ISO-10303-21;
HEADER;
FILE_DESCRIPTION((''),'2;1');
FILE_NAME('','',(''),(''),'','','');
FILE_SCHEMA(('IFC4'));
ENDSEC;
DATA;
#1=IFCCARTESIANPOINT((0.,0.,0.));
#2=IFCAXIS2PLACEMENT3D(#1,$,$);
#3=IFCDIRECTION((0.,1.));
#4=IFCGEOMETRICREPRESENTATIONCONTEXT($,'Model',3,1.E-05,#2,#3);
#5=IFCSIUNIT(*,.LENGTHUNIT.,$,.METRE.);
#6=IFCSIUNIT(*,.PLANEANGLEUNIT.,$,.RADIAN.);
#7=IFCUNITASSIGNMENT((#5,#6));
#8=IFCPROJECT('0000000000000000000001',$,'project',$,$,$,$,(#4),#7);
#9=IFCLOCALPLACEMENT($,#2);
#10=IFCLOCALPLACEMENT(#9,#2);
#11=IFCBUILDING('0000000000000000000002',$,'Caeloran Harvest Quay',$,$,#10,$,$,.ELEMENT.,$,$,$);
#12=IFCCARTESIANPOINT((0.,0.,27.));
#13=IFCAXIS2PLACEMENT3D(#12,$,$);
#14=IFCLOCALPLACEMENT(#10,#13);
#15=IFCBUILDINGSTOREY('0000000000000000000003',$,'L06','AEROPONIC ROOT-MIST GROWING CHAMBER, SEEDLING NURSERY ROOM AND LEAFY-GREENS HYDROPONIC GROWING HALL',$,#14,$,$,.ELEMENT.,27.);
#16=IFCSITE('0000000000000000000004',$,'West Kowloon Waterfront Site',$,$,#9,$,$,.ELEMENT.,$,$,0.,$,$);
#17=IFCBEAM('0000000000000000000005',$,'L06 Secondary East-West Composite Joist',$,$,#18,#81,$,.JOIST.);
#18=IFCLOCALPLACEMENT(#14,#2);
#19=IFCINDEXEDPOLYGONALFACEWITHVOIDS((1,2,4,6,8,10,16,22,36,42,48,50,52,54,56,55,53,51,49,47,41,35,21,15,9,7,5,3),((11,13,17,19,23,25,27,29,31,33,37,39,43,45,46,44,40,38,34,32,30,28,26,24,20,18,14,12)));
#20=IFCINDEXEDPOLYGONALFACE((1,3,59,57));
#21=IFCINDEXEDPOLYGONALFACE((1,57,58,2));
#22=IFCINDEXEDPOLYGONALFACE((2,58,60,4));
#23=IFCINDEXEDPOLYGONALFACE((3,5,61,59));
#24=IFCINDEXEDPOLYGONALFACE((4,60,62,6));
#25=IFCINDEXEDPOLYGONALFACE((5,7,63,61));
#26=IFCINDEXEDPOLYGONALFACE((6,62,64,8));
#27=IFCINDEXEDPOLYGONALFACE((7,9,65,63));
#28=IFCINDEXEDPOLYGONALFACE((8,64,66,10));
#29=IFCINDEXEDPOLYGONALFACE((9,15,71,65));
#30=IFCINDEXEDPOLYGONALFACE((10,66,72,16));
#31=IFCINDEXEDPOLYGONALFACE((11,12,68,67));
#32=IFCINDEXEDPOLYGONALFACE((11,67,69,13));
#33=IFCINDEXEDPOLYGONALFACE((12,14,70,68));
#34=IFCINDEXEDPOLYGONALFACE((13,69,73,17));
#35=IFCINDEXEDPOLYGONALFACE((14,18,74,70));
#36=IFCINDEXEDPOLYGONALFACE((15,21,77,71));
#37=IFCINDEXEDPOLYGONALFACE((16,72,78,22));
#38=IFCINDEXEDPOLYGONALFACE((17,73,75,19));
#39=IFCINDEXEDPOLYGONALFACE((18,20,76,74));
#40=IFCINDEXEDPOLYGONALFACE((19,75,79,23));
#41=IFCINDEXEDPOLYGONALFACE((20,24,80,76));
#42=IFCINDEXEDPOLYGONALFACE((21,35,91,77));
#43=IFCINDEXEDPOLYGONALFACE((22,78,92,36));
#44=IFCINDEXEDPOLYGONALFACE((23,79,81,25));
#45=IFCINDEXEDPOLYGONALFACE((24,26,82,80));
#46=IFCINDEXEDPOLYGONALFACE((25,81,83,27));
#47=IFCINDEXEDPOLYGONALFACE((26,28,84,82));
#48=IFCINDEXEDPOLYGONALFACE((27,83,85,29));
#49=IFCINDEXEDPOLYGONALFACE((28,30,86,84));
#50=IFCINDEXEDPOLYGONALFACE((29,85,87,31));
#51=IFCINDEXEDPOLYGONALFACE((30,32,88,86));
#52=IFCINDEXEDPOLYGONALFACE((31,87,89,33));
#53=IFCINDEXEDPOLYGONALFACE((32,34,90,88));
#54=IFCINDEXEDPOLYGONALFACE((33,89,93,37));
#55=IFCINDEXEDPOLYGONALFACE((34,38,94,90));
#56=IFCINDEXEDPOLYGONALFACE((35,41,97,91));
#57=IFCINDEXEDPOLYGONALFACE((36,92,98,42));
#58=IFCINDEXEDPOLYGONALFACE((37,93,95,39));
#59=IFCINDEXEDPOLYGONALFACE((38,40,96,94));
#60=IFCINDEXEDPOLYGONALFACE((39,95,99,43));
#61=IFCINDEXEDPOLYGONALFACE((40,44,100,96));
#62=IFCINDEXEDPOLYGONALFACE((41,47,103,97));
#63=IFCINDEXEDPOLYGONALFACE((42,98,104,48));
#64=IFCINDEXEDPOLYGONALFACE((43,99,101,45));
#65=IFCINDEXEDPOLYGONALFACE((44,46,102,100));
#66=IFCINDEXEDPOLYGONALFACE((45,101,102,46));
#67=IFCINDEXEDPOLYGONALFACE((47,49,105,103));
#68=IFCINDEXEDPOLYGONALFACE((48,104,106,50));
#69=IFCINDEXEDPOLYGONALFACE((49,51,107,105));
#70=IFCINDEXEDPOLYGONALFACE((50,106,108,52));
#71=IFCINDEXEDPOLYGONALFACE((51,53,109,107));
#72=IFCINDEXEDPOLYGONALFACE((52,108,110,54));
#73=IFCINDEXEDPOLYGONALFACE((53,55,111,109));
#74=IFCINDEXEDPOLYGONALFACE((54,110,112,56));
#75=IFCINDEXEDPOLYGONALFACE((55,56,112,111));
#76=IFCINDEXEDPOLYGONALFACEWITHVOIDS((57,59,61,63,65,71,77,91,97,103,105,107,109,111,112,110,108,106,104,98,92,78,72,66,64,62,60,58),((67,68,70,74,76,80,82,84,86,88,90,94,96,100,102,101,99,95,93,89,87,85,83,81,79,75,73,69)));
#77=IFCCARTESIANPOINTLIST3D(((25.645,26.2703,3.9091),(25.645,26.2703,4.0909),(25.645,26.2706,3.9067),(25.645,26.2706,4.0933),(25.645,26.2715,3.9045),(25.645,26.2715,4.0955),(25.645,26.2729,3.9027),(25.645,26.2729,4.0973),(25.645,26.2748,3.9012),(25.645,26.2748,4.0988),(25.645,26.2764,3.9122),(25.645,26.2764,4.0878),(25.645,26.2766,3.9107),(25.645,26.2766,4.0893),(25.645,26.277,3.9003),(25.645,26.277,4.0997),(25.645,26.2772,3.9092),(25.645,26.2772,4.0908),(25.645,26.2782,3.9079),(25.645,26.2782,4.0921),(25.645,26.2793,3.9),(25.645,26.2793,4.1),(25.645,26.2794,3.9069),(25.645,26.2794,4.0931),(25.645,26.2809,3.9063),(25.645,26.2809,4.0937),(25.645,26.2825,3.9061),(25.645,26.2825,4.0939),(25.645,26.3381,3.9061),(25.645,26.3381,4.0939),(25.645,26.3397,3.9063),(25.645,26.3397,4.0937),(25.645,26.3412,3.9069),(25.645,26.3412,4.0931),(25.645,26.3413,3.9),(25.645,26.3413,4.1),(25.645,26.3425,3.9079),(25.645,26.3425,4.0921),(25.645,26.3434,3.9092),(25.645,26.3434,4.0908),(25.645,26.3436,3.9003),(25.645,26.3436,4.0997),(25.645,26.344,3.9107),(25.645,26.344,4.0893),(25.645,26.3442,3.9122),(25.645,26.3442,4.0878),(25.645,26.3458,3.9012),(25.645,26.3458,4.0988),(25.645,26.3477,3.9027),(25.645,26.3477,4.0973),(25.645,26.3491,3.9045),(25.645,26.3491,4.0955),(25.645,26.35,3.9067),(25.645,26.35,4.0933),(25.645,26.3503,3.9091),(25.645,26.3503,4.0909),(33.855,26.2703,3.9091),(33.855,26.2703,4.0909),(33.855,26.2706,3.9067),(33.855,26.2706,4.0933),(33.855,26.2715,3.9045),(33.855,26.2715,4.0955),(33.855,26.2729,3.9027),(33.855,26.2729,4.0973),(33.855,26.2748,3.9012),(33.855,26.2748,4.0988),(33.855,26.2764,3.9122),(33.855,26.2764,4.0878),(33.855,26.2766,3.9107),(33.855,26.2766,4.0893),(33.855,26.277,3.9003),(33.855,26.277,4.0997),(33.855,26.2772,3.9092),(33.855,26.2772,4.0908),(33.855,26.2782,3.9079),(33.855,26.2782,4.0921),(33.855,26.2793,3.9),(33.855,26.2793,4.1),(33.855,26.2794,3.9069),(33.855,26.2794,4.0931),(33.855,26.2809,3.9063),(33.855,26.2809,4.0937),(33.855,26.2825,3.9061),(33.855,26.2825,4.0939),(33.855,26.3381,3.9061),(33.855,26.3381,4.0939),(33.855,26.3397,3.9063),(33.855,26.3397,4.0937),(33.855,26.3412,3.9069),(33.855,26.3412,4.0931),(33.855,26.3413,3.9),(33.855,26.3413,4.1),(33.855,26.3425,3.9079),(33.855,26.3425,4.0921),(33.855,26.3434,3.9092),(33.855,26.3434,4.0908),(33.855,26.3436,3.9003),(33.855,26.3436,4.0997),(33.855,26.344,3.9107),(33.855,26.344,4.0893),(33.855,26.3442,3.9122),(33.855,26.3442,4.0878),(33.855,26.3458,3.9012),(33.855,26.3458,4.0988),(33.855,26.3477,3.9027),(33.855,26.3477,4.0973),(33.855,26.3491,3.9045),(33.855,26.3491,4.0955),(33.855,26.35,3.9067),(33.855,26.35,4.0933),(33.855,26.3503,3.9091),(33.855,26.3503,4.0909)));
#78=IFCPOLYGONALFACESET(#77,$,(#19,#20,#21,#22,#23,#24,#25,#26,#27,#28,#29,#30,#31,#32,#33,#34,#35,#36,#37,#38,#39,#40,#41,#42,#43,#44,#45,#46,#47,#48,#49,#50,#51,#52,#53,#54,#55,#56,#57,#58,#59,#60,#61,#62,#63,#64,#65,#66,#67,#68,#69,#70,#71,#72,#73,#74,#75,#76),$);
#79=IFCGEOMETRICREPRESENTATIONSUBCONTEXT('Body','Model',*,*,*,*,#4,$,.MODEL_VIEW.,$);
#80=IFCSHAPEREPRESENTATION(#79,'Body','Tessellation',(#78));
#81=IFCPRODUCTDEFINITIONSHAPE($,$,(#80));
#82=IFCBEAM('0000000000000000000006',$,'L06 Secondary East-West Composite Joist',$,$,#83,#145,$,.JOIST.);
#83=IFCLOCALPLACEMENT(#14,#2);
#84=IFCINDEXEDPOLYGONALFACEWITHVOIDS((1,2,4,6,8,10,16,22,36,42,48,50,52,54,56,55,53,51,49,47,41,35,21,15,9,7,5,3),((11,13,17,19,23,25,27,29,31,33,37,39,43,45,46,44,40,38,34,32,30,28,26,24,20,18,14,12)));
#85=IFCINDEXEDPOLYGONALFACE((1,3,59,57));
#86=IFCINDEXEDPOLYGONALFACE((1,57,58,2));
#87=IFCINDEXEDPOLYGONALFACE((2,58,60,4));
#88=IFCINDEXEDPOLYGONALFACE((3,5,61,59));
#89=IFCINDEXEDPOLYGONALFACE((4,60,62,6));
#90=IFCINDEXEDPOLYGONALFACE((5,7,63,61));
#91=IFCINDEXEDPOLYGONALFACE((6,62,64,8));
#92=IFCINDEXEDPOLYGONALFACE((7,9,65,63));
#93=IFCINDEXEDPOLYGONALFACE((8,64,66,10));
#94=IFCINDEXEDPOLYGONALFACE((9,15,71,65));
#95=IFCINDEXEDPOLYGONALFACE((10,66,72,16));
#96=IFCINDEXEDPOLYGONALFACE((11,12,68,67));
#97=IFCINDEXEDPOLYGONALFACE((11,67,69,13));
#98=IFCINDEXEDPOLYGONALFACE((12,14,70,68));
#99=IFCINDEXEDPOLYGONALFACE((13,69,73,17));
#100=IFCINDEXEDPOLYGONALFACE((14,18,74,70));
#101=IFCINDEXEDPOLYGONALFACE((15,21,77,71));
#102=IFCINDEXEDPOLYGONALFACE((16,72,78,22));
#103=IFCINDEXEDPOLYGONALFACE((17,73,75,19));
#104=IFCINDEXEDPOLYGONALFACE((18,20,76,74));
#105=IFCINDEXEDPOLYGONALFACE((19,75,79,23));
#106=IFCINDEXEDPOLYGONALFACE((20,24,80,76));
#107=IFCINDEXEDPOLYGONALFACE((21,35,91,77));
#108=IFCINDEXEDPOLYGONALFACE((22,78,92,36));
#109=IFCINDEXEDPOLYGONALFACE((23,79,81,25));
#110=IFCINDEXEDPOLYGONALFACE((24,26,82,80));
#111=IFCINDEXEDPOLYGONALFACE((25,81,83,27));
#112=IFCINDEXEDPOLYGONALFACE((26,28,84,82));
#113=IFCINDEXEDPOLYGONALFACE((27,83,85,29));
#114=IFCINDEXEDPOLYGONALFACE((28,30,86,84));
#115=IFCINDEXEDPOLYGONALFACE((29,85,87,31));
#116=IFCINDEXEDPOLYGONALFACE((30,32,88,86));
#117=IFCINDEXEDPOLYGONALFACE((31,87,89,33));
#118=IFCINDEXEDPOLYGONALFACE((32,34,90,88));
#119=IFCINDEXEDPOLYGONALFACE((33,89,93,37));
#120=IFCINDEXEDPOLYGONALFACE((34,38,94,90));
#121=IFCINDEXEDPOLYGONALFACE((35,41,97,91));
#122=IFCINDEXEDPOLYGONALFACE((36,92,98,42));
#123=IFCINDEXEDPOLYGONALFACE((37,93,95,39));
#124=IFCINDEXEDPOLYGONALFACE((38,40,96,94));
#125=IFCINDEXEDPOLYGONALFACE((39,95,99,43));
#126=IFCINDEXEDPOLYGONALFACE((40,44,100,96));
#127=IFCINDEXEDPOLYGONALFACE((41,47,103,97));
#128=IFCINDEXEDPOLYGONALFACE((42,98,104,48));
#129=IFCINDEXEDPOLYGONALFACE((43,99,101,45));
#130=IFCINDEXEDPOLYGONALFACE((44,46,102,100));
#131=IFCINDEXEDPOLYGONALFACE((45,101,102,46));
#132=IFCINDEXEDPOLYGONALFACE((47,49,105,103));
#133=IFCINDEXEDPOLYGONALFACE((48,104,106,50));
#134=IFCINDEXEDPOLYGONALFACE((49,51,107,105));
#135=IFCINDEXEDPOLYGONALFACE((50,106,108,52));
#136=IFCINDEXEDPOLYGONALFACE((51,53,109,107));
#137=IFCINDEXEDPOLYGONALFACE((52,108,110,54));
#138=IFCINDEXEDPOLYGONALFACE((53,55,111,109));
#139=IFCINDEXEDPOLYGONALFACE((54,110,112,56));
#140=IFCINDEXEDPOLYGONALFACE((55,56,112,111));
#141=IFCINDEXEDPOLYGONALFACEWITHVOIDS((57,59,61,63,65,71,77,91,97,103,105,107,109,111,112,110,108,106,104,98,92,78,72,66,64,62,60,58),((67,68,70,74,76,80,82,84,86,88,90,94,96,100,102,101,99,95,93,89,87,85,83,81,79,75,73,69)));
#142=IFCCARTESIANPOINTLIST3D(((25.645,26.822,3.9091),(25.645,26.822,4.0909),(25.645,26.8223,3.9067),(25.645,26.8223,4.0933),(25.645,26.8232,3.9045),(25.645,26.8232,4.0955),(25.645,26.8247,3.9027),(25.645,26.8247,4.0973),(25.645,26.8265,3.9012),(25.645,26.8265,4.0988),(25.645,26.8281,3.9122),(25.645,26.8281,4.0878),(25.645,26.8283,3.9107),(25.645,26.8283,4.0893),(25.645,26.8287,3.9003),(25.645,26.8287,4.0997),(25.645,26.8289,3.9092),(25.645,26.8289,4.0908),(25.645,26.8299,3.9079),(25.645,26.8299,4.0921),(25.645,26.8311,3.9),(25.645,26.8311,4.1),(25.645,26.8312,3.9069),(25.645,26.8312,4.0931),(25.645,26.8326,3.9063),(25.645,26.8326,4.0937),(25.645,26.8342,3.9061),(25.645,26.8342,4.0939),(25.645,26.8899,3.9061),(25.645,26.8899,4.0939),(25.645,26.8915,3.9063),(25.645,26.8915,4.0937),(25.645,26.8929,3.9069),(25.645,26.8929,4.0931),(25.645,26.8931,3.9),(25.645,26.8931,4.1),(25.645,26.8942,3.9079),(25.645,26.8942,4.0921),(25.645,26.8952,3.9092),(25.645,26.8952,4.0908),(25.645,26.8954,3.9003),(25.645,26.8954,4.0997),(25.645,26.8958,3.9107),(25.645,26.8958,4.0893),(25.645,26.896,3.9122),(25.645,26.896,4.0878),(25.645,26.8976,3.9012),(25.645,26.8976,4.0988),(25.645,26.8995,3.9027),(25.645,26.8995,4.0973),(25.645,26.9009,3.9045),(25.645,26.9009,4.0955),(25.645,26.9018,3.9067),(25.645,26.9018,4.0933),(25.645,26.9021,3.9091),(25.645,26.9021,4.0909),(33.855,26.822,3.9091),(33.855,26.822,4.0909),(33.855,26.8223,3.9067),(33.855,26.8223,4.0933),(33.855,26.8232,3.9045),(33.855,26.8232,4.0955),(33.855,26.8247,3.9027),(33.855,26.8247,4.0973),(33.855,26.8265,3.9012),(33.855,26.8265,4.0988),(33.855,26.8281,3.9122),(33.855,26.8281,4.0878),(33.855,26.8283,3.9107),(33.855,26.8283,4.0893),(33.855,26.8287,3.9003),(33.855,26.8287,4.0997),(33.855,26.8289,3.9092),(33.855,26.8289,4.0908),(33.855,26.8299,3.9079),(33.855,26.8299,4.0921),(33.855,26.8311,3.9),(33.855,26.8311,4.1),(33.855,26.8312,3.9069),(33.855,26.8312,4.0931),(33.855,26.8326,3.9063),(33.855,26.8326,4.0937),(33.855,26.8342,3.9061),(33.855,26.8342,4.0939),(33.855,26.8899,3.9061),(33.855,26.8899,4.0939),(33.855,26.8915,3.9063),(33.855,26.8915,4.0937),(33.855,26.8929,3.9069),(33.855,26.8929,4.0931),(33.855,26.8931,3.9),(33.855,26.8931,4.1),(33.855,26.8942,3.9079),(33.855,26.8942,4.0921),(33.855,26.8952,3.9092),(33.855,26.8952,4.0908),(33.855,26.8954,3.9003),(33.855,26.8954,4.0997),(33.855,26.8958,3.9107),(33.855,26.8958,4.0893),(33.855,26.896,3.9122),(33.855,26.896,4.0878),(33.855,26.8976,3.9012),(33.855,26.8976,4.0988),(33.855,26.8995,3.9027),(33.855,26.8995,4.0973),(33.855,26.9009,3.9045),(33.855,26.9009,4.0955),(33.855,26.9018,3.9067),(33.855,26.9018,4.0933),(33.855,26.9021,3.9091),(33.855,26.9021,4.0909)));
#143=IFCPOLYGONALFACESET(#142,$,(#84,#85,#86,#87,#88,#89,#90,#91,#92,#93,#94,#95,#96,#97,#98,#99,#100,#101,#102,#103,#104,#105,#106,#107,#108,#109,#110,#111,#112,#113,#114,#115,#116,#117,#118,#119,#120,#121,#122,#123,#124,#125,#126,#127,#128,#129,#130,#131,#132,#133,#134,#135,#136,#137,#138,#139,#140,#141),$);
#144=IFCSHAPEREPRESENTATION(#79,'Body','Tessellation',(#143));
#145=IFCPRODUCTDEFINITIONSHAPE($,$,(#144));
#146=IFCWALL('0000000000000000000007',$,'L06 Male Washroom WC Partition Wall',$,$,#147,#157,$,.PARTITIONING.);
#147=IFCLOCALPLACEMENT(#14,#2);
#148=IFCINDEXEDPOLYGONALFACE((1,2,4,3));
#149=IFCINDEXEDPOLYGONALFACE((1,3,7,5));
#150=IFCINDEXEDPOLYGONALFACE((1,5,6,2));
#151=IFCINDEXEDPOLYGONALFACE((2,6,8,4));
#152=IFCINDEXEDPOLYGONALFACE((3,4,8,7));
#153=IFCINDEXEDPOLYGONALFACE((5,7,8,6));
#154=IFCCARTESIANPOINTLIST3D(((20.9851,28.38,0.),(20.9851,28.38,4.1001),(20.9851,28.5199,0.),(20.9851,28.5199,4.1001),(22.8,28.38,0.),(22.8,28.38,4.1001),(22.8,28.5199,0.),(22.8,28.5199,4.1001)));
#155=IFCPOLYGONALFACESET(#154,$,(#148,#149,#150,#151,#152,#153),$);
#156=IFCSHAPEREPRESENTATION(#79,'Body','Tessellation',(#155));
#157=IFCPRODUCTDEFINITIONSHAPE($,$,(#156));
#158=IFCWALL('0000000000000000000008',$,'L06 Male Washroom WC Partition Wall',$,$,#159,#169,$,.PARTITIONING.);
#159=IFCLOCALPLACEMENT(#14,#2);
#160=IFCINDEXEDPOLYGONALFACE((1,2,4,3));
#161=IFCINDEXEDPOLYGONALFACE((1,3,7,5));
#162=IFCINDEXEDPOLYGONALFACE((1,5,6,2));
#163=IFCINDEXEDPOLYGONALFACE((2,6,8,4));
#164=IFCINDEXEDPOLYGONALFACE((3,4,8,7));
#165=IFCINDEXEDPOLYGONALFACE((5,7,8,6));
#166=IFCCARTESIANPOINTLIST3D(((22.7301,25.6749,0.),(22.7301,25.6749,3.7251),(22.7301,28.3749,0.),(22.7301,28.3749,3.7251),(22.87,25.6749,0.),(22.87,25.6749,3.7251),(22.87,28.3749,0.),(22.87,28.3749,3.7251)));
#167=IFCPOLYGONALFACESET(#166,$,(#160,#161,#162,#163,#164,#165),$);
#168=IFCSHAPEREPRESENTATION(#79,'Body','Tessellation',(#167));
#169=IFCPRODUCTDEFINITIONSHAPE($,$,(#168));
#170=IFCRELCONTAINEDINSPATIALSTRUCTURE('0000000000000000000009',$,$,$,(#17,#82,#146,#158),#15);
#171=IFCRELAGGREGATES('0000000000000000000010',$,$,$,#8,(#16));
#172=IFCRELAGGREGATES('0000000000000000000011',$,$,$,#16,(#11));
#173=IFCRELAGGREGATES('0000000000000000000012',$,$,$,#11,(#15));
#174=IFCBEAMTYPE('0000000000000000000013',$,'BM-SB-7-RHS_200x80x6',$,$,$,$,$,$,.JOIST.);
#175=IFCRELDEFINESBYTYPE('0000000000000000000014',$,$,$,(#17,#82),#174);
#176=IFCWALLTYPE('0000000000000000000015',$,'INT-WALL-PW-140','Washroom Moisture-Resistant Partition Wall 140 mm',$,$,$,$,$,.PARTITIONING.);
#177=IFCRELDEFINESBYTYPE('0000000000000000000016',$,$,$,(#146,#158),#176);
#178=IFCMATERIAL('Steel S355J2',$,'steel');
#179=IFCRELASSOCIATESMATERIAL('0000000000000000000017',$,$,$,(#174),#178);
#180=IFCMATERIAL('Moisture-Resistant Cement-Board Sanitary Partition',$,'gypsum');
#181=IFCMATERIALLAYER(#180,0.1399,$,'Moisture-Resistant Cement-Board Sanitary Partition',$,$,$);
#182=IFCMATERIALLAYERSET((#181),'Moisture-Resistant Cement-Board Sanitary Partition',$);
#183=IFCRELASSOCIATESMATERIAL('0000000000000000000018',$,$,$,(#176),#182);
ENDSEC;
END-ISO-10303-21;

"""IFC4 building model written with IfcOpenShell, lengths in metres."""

from ifc_helpers import new_model, si_unit, direction, frame, frame_2d, origin, origin_2d, place, context, subcontext, project, spatial, rectangle, hollow_rectangle, extrude, material, layer, layer_set, material_profile, profile_set, type_object, element, save


model = new_model("IFC4")

# Units and contexts
model_context = context("Model", 3, precision=1e-05, world=origin(), true_north=direction((0.0, 1.0)))
body_context = subcontext(model_context, "Body", "Model", "MODEL_VIEW")
ifc_project = project(units=[si_unit("LENGTHUNIT", "METRE"), si_unit("PLANEANGLEUNIT", "RADIAN")], contexts=[model_context])

# Site, building, storey
site_placement = place(None, origin())
site = spatial("IfcSite", under=ifc_project, at=site_placement, Name="West Kowloon Waterfront Site", CompositionType="ELEMENT", RefElevation=0.0)
building_placement = place(site_placement, origin())
building = spatial("IfcBuilding", under=site, at=building_placement, Name="Caeloran Harvest Quay", CompositionType="ELEMENT")
storey_placement = place(building_placement, frame((0.0, 0.0, 27.0)))
storey = spatial("IfcBuildingStorey", under=building, at=storey_placement, Name="L06", Description="AEROPONIC ROOT-MIST GROWING CHAMBER, SEEDLING NURSERY ROOM AND LEAFY-GREENS HYDROPONIC GROWING HALL", CompositionType="ELEMENT", Elevation=27.0)

# Beams
ifc_material_1 = material(Name="Steel S355J2", Category="steel")
ifc_material_profile_1 = material_profile(ifc_material_1, hollow_rectangle(XDim=0.0801, YDim=0.2, WallThickness=0.0061, InnerFilletRadius=0.0061, OuterFilletRadius=0.009, at=origin_2d()), Name="RHS 200x80x6")
ifc_profile_set_1 = profile_set([ifc_material_profile_1], Name="Steel S355J2")
beam_type_1 = type_object("IfcBeamType", Name="BM-SB-7-RHS_200x80x6", PredefinedType="JOIST", material=ifc_profile_set_1)
for number, where, z_axis, x_axis, name in (
    (1, (25.645, 26.3103, 4.0), (1.0, 0.0, 0.0), (0.0, 1.0, 0.0), "L06 Secondary East-West Composite Joist"),
    (2, (25.645, 26.8621, 4.0), (1.0, 0.0, 0.0), (0.0, 1.0, 0.0), "L06 Secondary East-West Composite Joist"),
):
    element("IfcBeam", number, at=place(storey_placement, frame(where, z_axis=z_axis, x_axis=x_axis)), inside=storey, type_object=beam_type_1, Name=name, PredefinedType="JOIST", context=body_context, shape_type="SweptSolid", body=[
        extrude(hollow_rectangle(XDim=0.0801, YDim=0.2, WallThickness=0.0061, InnerFilletRadius=0.0061, OuterFilletRadius=0.009, at=origin_2d()), origin(), (0.0, 0.0, 1.0), 8.21),
    ])

# Walls
ifc_material_2 = material(Name="Moisture-Resistant Cement-Board Sanitary Partition", Category="gypsum")
ifc_layer_1 = layer(ifc_material_2, 0.1399, Name="Moisture-Resistant Cement-Board Sanitary Partition")
ifc_layer_set_1 = layer_set([ifc_layer_1], Name="Moisture-Resistant Cement-Board Sanitary Partition")
wall_type_1 = type_object("IfcWallType", Name="INT-WALL-PW-140", Description="Washroom Moisture-Resistant Partition Wall 140 mm", PredefinedType="PARTITIONING", material=ifc_layer_set_1)
wall_1_placement = place(storey_placement, frame((20.9851, 28.45, 0.0), z_axis=(0.0, 0.0, 1.0), x_axis=(1.0, 0.0, 0.0)))
element("IfcWall", 3, at=wall_1_placement, inside=storey, type_object=wall_type_1, Name="L06 Male Washroom WC Partition Wall", PredefinedType="PARTITIONING", context=body_context, shape_type="SweptSolid", body=[
    extrude(rectangle(XDim=1.8149, YDim=0.1399, at=frame_2d((0.9075, 0.0))), origin(), (0.0, 0.0, 1.0), 4.1001),
])
wall_2_placement = place(storey_placement, frame((22.8, 28.375, 0.0), z_axis=(0.0, 0.0, 1.0), x_axis=(0.0, -1.0, 0.0)))
element("IfcWall", 4, at=wall_2_placement, inside=storey, type_object=wall_type_1, Name="L06 Male Washroom WC Partition Wall", PredefinedType="PARTITIONING", context=body_context, shape_type="SweptSolid", body=[
    extrude(rectangle(XDim=2.7, YDim=0.1399, at=frame_2d((1.3501, 0.0))), origin(), (0.0, 0.0, 1.0), 3.7251),
])

save(model, "model.ifc")
